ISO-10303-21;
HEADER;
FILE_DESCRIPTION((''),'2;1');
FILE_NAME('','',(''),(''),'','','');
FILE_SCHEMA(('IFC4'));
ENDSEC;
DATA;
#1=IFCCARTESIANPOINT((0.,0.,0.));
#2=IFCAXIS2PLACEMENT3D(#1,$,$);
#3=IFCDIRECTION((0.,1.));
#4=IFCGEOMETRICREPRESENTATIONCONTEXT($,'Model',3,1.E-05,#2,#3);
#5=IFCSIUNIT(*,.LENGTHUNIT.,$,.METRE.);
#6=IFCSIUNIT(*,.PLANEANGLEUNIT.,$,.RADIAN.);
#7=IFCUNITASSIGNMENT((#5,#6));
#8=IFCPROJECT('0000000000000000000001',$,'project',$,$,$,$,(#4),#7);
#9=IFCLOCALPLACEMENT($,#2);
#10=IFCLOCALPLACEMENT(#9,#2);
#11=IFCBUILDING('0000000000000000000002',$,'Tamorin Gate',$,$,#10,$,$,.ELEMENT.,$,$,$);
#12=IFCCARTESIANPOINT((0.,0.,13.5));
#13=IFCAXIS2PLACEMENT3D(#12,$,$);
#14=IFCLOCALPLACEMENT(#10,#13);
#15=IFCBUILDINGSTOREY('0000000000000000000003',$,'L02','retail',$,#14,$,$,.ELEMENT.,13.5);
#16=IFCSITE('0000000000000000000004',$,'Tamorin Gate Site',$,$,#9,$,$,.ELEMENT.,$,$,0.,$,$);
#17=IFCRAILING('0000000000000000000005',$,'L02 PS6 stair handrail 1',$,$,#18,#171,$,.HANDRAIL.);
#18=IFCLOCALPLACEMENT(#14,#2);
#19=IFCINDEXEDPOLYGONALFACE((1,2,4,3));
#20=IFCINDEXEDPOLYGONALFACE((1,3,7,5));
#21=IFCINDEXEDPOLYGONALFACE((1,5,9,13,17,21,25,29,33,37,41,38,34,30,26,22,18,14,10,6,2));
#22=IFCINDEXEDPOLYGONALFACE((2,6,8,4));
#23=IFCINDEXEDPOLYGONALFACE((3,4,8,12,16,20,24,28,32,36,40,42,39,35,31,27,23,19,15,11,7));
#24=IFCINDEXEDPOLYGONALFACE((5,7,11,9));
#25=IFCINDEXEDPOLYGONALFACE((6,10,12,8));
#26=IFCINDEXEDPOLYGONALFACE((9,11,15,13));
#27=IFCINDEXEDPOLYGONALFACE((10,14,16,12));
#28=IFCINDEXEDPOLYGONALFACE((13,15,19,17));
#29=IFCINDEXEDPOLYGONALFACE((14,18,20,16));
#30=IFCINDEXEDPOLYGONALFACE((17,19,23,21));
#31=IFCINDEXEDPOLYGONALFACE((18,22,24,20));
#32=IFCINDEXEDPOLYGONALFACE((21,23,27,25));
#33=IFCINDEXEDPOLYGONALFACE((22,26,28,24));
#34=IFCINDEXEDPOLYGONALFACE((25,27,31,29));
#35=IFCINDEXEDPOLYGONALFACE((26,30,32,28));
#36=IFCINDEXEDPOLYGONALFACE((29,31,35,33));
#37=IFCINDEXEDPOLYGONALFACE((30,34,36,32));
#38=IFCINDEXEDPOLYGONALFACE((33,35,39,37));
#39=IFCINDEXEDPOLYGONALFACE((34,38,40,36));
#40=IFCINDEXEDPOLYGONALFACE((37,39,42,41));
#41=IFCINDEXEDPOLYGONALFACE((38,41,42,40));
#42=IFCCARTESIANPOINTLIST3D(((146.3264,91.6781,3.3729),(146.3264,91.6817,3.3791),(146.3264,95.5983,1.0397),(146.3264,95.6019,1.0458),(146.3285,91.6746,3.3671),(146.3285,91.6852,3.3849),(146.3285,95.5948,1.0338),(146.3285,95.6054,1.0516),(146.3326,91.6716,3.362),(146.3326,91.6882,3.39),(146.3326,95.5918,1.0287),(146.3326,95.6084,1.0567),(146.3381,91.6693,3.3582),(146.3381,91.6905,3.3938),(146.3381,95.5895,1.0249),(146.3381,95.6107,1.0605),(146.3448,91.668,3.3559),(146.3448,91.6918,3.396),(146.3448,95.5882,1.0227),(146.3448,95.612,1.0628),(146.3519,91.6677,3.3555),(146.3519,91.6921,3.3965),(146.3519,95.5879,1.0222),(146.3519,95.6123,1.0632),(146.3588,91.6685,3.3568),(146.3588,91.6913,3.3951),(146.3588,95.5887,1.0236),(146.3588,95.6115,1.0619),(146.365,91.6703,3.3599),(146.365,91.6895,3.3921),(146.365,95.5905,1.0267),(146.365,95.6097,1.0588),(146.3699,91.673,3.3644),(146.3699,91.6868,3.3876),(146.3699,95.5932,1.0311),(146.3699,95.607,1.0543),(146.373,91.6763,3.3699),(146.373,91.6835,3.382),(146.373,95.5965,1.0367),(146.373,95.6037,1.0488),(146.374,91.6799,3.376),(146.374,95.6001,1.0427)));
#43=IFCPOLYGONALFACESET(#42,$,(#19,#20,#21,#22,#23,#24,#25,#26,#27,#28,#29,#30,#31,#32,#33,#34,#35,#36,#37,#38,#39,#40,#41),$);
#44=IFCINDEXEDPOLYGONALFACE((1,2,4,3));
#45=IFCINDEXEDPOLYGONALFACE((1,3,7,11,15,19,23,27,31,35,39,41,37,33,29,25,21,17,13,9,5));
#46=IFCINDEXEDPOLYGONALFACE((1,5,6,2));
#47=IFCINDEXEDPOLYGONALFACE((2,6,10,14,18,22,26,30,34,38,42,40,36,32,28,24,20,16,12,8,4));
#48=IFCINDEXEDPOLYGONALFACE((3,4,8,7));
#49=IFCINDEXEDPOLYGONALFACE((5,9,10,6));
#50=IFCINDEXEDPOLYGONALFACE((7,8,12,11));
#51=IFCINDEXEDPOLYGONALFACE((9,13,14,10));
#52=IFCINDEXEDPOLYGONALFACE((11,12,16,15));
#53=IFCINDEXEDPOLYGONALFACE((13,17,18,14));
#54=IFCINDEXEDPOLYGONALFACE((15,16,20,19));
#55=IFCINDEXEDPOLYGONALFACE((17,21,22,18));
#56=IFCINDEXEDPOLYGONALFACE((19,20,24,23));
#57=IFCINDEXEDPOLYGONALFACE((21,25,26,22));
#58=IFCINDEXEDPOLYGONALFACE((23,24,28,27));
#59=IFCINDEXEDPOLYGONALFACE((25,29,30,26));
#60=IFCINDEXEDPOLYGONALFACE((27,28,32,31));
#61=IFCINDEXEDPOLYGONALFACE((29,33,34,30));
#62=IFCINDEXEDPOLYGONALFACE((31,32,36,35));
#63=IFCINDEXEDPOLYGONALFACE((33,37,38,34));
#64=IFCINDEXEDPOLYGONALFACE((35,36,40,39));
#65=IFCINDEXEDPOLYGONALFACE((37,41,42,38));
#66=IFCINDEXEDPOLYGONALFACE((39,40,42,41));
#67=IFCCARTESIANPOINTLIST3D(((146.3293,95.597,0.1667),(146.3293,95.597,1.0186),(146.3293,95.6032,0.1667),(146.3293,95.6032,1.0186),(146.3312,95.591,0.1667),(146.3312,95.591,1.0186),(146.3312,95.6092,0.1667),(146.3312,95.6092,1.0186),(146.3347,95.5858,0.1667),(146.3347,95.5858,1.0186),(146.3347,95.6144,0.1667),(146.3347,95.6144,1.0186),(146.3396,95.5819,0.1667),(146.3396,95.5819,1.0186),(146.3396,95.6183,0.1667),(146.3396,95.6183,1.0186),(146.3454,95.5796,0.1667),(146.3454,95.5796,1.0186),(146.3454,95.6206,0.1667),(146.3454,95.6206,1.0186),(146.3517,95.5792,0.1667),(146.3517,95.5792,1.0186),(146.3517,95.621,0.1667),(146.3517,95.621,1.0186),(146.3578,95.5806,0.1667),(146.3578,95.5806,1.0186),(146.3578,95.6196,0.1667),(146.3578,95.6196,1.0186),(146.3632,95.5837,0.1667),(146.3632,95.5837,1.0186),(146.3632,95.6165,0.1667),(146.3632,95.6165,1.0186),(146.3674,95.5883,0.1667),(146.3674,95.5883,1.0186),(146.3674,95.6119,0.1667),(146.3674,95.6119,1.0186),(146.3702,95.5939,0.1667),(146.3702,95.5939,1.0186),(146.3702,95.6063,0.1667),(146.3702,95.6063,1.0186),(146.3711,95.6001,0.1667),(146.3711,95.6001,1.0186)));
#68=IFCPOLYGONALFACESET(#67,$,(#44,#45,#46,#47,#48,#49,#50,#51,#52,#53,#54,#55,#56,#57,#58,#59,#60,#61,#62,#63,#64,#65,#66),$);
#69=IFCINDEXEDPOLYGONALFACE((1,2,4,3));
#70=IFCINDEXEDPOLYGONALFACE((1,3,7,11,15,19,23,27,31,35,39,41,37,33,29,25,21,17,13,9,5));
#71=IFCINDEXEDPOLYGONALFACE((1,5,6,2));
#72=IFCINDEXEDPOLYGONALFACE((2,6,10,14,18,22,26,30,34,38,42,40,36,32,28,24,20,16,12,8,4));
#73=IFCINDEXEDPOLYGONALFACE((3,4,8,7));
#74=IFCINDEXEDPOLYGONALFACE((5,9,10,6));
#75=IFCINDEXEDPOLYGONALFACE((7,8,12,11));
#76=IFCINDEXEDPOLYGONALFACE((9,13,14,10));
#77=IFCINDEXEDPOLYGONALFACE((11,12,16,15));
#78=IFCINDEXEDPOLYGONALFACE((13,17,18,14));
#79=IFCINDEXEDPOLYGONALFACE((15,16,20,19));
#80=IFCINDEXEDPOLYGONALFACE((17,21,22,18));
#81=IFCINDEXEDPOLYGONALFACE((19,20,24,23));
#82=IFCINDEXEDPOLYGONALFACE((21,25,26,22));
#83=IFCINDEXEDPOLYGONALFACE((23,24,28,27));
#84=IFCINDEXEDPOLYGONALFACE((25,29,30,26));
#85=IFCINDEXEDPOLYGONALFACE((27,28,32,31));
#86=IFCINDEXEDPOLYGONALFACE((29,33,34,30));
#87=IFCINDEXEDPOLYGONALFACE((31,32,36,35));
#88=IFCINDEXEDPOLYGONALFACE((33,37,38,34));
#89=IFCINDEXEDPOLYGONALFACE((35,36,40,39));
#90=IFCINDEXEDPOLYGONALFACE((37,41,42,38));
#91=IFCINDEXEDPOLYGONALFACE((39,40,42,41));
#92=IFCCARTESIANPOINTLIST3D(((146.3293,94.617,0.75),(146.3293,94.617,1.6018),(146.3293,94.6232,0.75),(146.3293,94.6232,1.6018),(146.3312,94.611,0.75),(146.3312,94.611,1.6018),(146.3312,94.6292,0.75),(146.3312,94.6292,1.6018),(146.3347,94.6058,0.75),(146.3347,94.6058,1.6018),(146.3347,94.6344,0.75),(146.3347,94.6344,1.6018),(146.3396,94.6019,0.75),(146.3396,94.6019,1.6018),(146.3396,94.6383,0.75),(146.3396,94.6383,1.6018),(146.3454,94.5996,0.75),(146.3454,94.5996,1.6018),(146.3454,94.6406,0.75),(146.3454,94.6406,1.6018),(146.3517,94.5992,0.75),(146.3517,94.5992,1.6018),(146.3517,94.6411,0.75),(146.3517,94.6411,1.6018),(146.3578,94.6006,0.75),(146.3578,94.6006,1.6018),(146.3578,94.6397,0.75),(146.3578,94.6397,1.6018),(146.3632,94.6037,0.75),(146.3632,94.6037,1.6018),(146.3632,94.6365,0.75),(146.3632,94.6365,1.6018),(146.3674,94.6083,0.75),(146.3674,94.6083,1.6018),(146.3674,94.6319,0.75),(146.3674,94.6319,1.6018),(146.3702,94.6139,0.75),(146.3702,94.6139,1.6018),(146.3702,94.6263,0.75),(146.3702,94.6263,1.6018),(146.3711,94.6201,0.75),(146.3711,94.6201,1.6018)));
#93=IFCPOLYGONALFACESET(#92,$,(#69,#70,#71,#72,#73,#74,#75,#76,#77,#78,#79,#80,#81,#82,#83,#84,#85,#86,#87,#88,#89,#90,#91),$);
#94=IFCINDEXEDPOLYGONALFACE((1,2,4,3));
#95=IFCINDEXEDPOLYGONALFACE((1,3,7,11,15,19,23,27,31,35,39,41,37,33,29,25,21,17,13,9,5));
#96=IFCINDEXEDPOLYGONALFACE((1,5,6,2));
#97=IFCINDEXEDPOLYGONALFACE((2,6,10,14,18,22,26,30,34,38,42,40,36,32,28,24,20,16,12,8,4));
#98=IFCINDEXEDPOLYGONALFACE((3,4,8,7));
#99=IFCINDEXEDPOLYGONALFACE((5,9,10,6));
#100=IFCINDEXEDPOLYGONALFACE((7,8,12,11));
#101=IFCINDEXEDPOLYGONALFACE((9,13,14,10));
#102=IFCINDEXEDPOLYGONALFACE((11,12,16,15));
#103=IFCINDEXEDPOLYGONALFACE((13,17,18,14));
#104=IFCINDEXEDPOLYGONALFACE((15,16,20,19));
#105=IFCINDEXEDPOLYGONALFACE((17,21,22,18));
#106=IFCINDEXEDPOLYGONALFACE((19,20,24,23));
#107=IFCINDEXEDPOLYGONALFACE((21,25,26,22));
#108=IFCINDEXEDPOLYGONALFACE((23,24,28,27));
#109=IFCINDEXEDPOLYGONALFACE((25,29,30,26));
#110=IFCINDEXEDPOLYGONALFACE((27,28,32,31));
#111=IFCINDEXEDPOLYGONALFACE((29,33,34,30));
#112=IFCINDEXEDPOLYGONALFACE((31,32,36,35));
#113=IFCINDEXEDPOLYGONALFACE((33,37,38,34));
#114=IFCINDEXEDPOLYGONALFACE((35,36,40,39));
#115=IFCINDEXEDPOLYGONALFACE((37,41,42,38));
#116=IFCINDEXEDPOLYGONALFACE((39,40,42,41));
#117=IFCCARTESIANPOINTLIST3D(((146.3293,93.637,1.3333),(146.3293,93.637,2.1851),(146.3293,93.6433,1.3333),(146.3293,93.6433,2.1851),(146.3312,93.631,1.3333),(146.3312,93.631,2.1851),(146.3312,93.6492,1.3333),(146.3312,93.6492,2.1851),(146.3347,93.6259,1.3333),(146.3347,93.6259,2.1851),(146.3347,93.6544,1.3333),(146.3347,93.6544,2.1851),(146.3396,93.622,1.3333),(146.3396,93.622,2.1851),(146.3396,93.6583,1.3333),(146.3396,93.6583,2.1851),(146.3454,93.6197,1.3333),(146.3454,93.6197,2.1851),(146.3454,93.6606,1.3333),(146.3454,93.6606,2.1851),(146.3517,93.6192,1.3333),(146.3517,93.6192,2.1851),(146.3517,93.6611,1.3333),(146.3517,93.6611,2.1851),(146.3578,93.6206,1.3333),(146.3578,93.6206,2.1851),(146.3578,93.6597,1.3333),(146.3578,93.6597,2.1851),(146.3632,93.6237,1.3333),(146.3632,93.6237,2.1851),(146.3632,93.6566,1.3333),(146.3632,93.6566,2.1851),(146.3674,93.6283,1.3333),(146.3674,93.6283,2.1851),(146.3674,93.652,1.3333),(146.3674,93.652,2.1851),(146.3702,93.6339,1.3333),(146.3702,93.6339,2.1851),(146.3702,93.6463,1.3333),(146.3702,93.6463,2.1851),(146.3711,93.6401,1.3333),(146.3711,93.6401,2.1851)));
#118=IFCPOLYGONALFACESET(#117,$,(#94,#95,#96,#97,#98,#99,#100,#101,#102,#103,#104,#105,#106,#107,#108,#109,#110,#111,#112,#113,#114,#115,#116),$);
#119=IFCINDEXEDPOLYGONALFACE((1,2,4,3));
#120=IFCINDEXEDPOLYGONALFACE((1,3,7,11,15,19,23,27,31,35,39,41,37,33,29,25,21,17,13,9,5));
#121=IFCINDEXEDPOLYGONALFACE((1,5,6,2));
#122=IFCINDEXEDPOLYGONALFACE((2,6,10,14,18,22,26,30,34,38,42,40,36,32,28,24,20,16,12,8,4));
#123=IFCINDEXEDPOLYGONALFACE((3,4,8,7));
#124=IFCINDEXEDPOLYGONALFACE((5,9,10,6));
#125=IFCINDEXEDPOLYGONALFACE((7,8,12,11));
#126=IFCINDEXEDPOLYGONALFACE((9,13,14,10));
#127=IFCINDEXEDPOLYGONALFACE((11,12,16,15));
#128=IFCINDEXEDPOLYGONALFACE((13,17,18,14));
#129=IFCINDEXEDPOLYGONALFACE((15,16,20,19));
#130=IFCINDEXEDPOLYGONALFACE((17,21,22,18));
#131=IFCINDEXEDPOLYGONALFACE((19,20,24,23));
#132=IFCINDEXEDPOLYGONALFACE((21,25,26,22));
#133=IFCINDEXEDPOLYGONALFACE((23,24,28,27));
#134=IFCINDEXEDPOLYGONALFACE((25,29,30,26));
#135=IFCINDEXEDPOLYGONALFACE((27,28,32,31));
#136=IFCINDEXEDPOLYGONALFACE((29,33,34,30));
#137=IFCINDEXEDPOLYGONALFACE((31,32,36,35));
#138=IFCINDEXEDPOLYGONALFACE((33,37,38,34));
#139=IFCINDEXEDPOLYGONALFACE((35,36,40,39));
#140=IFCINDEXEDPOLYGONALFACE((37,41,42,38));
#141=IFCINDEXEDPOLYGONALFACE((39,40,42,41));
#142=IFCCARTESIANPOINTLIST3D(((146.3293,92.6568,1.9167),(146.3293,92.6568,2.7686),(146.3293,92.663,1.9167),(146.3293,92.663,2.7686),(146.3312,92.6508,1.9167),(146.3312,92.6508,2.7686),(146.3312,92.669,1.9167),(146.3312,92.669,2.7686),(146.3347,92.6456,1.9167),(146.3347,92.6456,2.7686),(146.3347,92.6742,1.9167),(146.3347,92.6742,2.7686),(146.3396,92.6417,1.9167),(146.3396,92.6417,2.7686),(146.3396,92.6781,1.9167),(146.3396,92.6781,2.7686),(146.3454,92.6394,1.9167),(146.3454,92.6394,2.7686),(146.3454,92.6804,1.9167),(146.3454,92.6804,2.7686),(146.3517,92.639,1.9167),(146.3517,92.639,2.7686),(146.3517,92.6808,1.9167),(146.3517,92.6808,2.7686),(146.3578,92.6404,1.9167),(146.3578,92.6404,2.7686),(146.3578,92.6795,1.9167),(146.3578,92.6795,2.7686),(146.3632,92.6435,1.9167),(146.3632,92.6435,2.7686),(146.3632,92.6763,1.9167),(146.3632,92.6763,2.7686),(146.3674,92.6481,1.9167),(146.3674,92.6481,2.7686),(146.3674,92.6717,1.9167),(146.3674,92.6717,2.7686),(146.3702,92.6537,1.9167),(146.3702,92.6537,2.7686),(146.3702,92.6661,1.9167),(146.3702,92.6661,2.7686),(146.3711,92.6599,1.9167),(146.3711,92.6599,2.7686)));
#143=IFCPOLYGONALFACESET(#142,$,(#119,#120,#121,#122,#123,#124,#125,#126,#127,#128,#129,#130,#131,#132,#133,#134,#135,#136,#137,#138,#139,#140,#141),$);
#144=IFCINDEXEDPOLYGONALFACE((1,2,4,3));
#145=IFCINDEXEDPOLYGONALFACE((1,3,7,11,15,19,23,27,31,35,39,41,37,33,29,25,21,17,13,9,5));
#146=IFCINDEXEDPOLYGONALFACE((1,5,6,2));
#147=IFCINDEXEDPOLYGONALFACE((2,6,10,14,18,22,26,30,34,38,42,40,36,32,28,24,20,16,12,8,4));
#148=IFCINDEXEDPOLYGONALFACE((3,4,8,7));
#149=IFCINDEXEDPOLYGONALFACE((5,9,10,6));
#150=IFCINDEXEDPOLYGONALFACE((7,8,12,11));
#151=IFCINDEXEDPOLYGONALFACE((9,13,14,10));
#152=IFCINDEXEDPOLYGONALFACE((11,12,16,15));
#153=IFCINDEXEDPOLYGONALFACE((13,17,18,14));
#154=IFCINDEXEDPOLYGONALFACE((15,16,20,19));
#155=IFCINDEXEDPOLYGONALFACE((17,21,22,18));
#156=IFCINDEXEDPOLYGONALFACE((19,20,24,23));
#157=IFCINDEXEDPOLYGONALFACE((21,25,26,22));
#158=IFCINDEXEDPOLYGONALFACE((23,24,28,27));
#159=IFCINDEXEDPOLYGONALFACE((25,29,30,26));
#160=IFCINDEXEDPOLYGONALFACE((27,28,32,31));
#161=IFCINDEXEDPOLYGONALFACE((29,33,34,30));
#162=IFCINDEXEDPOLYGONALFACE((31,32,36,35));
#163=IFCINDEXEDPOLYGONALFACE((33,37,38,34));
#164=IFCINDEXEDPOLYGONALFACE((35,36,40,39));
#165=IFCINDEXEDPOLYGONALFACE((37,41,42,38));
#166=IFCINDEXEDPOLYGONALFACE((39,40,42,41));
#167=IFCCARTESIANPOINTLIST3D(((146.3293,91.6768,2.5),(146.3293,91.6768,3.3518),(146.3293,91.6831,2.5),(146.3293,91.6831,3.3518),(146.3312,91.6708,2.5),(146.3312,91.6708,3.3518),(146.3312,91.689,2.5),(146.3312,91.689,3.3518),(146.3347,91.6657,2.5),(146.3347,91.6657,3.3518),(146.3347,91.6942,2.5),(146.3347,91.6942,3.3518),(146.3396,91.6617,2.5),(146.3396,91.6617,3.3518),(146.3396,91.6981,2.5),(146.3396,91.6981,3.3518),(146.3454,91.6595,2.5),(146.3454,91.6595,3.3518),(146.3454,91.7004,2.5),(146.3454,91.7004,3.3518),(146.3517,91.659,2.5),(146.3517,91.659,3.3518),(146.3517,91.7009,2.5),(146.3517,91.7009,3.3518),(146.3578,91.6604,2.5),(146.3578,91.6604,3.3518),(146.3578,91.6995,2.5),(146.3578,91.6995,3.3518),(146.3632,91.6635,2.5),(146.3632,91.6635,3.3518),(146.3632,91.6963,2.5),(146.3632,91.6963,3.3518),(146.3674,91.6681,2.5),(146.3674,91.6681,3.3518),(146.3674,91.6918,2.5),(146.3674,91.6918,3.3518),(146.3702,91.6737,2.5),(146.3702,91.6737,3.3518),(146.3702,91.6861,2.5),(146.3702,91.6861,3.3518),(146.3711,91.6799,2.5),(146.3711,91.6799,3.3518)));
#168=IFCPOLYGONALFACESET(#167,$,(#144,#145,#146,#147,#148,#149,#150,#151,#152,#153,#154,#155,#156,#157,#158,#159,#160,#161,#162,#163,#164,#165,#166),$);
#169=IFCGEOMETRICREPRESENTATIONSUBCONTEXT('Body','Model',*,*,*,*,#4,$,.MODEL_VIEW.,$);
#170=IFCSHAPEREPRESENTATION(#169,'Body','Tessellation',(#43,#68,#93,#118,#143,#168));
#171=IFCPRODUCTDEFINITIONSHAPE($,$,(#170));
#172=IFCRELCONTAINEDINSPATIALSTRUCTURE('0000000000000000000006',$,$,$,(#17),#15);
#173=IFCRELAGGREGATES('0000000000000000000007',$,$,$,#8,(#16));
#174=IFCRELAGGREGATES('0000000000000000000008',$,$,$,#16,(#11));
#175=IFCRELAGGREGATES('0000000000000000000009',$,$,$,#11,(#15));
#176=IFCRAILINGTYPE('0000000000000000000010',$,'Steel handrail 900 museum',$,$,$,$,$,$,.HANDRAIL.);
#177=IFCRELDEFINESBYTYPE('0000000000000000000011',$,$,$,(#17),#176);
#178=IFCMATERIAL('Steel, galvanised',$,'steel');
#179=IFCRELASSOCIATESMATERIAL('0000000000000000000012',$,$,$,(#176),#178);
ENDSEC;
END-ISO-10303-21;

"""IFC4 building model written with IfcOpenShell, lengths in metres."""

from ifc_helpers import new_model, si_unit, direction, frame, origin, origin_2d, place, context, subcontext, project, spatial, circle, extrude, material, type_object, element, save


model = new_model("IFC4")

# Units and contexts
model_context = context("Model", 3, precision=1e-05, world=origin(), true_north=direction((0.0, 1.0)))
body_context = subcontext(model_context, "Body", "Model", "MODEL_VIEW")
ifc_project = project(units=[si_unit("LENGTHUNIT", "METRE"), si_unit("PLANEANGLEUNIT", "RADIAN")], contexts=[model_context])

# Site, building, storey
site_placement = place(None, origin())
site = spatial("IfcSite", under=ifc_project, at=site_placement, Name="Tamorin Gate Site", CompositionType="ELEMENT", RefElevation=0.0)
building_placement = place(site_placement, origin())
building = spatial("IfcBuilding", under=site, at=building_placement, Name="Tamorin Gate", CompositionType="ELEMENT")
storey_placement = place(building_placement, frame((0.0, 0.0, 13.5)))
storey = spatial("IfcBuildingStorey", under=building, at=storey_placement, Name="L02", Description="retail", CompositionType="ELEMENT", Elevation=13.5)

# Railing
ifc_material_1 = material(Name="Steel, galvanised", Category="steel")
railing_type = type_object("IfcRailingType", Name="Steel handrail 900 museum", PredefinedType="HANDRAIL", material=ifc_material_1)
railing_placement = place(storey_placement, frame((146.3501, 95.6001, 0.1667)))
element("IfcRailing", 1, at=railing_placement, inside=storey, type_object=railing_type, Name="L02 PS6 stair handrail 1", PredefinedType="HANDRAIL", context=body_context, shape_type="SweptSolid", body=[
    extrude(circle(Radius=0.0239, at=origin_2d()), frame((0.0, 0.0, 0.876), z_axis=(0.0, -0.85931, 0.511455), x_axis=(1.0, 0.0, 0.0)), (0.0, 0.0, 1.0), 4.562),
    extrude(circle(Radius=0.021, at=origin_2d()), origin(), (0.0, 0.0, 1.0), 0.8518),
    extrude(circle(Radius=0.021, at=origin_2d()), frame((0.0, -0.98, 0.5833)), (0.0, 0.0, 1.0), 0.8518),
    extrude(circle(Radius=0.021, at=origin_2d()), frame((0.0, -1.96, 1.1665)), (0.0, 0.0, 1.0), 0.8518),
    extrude(circle(Radius=0.021, at=origin_2d()), frame((0.0, -2.9402, 1.75)), (0.0, 0.0, 1.0), 0.8518),
    extrude(circle(Radius=0.021, at=origin_2d()), frame((0.0, -3.9202, 2.3333)), (0.0, 0.0, 1.0), 0.8518),
])

save(model, "model.ifc")
